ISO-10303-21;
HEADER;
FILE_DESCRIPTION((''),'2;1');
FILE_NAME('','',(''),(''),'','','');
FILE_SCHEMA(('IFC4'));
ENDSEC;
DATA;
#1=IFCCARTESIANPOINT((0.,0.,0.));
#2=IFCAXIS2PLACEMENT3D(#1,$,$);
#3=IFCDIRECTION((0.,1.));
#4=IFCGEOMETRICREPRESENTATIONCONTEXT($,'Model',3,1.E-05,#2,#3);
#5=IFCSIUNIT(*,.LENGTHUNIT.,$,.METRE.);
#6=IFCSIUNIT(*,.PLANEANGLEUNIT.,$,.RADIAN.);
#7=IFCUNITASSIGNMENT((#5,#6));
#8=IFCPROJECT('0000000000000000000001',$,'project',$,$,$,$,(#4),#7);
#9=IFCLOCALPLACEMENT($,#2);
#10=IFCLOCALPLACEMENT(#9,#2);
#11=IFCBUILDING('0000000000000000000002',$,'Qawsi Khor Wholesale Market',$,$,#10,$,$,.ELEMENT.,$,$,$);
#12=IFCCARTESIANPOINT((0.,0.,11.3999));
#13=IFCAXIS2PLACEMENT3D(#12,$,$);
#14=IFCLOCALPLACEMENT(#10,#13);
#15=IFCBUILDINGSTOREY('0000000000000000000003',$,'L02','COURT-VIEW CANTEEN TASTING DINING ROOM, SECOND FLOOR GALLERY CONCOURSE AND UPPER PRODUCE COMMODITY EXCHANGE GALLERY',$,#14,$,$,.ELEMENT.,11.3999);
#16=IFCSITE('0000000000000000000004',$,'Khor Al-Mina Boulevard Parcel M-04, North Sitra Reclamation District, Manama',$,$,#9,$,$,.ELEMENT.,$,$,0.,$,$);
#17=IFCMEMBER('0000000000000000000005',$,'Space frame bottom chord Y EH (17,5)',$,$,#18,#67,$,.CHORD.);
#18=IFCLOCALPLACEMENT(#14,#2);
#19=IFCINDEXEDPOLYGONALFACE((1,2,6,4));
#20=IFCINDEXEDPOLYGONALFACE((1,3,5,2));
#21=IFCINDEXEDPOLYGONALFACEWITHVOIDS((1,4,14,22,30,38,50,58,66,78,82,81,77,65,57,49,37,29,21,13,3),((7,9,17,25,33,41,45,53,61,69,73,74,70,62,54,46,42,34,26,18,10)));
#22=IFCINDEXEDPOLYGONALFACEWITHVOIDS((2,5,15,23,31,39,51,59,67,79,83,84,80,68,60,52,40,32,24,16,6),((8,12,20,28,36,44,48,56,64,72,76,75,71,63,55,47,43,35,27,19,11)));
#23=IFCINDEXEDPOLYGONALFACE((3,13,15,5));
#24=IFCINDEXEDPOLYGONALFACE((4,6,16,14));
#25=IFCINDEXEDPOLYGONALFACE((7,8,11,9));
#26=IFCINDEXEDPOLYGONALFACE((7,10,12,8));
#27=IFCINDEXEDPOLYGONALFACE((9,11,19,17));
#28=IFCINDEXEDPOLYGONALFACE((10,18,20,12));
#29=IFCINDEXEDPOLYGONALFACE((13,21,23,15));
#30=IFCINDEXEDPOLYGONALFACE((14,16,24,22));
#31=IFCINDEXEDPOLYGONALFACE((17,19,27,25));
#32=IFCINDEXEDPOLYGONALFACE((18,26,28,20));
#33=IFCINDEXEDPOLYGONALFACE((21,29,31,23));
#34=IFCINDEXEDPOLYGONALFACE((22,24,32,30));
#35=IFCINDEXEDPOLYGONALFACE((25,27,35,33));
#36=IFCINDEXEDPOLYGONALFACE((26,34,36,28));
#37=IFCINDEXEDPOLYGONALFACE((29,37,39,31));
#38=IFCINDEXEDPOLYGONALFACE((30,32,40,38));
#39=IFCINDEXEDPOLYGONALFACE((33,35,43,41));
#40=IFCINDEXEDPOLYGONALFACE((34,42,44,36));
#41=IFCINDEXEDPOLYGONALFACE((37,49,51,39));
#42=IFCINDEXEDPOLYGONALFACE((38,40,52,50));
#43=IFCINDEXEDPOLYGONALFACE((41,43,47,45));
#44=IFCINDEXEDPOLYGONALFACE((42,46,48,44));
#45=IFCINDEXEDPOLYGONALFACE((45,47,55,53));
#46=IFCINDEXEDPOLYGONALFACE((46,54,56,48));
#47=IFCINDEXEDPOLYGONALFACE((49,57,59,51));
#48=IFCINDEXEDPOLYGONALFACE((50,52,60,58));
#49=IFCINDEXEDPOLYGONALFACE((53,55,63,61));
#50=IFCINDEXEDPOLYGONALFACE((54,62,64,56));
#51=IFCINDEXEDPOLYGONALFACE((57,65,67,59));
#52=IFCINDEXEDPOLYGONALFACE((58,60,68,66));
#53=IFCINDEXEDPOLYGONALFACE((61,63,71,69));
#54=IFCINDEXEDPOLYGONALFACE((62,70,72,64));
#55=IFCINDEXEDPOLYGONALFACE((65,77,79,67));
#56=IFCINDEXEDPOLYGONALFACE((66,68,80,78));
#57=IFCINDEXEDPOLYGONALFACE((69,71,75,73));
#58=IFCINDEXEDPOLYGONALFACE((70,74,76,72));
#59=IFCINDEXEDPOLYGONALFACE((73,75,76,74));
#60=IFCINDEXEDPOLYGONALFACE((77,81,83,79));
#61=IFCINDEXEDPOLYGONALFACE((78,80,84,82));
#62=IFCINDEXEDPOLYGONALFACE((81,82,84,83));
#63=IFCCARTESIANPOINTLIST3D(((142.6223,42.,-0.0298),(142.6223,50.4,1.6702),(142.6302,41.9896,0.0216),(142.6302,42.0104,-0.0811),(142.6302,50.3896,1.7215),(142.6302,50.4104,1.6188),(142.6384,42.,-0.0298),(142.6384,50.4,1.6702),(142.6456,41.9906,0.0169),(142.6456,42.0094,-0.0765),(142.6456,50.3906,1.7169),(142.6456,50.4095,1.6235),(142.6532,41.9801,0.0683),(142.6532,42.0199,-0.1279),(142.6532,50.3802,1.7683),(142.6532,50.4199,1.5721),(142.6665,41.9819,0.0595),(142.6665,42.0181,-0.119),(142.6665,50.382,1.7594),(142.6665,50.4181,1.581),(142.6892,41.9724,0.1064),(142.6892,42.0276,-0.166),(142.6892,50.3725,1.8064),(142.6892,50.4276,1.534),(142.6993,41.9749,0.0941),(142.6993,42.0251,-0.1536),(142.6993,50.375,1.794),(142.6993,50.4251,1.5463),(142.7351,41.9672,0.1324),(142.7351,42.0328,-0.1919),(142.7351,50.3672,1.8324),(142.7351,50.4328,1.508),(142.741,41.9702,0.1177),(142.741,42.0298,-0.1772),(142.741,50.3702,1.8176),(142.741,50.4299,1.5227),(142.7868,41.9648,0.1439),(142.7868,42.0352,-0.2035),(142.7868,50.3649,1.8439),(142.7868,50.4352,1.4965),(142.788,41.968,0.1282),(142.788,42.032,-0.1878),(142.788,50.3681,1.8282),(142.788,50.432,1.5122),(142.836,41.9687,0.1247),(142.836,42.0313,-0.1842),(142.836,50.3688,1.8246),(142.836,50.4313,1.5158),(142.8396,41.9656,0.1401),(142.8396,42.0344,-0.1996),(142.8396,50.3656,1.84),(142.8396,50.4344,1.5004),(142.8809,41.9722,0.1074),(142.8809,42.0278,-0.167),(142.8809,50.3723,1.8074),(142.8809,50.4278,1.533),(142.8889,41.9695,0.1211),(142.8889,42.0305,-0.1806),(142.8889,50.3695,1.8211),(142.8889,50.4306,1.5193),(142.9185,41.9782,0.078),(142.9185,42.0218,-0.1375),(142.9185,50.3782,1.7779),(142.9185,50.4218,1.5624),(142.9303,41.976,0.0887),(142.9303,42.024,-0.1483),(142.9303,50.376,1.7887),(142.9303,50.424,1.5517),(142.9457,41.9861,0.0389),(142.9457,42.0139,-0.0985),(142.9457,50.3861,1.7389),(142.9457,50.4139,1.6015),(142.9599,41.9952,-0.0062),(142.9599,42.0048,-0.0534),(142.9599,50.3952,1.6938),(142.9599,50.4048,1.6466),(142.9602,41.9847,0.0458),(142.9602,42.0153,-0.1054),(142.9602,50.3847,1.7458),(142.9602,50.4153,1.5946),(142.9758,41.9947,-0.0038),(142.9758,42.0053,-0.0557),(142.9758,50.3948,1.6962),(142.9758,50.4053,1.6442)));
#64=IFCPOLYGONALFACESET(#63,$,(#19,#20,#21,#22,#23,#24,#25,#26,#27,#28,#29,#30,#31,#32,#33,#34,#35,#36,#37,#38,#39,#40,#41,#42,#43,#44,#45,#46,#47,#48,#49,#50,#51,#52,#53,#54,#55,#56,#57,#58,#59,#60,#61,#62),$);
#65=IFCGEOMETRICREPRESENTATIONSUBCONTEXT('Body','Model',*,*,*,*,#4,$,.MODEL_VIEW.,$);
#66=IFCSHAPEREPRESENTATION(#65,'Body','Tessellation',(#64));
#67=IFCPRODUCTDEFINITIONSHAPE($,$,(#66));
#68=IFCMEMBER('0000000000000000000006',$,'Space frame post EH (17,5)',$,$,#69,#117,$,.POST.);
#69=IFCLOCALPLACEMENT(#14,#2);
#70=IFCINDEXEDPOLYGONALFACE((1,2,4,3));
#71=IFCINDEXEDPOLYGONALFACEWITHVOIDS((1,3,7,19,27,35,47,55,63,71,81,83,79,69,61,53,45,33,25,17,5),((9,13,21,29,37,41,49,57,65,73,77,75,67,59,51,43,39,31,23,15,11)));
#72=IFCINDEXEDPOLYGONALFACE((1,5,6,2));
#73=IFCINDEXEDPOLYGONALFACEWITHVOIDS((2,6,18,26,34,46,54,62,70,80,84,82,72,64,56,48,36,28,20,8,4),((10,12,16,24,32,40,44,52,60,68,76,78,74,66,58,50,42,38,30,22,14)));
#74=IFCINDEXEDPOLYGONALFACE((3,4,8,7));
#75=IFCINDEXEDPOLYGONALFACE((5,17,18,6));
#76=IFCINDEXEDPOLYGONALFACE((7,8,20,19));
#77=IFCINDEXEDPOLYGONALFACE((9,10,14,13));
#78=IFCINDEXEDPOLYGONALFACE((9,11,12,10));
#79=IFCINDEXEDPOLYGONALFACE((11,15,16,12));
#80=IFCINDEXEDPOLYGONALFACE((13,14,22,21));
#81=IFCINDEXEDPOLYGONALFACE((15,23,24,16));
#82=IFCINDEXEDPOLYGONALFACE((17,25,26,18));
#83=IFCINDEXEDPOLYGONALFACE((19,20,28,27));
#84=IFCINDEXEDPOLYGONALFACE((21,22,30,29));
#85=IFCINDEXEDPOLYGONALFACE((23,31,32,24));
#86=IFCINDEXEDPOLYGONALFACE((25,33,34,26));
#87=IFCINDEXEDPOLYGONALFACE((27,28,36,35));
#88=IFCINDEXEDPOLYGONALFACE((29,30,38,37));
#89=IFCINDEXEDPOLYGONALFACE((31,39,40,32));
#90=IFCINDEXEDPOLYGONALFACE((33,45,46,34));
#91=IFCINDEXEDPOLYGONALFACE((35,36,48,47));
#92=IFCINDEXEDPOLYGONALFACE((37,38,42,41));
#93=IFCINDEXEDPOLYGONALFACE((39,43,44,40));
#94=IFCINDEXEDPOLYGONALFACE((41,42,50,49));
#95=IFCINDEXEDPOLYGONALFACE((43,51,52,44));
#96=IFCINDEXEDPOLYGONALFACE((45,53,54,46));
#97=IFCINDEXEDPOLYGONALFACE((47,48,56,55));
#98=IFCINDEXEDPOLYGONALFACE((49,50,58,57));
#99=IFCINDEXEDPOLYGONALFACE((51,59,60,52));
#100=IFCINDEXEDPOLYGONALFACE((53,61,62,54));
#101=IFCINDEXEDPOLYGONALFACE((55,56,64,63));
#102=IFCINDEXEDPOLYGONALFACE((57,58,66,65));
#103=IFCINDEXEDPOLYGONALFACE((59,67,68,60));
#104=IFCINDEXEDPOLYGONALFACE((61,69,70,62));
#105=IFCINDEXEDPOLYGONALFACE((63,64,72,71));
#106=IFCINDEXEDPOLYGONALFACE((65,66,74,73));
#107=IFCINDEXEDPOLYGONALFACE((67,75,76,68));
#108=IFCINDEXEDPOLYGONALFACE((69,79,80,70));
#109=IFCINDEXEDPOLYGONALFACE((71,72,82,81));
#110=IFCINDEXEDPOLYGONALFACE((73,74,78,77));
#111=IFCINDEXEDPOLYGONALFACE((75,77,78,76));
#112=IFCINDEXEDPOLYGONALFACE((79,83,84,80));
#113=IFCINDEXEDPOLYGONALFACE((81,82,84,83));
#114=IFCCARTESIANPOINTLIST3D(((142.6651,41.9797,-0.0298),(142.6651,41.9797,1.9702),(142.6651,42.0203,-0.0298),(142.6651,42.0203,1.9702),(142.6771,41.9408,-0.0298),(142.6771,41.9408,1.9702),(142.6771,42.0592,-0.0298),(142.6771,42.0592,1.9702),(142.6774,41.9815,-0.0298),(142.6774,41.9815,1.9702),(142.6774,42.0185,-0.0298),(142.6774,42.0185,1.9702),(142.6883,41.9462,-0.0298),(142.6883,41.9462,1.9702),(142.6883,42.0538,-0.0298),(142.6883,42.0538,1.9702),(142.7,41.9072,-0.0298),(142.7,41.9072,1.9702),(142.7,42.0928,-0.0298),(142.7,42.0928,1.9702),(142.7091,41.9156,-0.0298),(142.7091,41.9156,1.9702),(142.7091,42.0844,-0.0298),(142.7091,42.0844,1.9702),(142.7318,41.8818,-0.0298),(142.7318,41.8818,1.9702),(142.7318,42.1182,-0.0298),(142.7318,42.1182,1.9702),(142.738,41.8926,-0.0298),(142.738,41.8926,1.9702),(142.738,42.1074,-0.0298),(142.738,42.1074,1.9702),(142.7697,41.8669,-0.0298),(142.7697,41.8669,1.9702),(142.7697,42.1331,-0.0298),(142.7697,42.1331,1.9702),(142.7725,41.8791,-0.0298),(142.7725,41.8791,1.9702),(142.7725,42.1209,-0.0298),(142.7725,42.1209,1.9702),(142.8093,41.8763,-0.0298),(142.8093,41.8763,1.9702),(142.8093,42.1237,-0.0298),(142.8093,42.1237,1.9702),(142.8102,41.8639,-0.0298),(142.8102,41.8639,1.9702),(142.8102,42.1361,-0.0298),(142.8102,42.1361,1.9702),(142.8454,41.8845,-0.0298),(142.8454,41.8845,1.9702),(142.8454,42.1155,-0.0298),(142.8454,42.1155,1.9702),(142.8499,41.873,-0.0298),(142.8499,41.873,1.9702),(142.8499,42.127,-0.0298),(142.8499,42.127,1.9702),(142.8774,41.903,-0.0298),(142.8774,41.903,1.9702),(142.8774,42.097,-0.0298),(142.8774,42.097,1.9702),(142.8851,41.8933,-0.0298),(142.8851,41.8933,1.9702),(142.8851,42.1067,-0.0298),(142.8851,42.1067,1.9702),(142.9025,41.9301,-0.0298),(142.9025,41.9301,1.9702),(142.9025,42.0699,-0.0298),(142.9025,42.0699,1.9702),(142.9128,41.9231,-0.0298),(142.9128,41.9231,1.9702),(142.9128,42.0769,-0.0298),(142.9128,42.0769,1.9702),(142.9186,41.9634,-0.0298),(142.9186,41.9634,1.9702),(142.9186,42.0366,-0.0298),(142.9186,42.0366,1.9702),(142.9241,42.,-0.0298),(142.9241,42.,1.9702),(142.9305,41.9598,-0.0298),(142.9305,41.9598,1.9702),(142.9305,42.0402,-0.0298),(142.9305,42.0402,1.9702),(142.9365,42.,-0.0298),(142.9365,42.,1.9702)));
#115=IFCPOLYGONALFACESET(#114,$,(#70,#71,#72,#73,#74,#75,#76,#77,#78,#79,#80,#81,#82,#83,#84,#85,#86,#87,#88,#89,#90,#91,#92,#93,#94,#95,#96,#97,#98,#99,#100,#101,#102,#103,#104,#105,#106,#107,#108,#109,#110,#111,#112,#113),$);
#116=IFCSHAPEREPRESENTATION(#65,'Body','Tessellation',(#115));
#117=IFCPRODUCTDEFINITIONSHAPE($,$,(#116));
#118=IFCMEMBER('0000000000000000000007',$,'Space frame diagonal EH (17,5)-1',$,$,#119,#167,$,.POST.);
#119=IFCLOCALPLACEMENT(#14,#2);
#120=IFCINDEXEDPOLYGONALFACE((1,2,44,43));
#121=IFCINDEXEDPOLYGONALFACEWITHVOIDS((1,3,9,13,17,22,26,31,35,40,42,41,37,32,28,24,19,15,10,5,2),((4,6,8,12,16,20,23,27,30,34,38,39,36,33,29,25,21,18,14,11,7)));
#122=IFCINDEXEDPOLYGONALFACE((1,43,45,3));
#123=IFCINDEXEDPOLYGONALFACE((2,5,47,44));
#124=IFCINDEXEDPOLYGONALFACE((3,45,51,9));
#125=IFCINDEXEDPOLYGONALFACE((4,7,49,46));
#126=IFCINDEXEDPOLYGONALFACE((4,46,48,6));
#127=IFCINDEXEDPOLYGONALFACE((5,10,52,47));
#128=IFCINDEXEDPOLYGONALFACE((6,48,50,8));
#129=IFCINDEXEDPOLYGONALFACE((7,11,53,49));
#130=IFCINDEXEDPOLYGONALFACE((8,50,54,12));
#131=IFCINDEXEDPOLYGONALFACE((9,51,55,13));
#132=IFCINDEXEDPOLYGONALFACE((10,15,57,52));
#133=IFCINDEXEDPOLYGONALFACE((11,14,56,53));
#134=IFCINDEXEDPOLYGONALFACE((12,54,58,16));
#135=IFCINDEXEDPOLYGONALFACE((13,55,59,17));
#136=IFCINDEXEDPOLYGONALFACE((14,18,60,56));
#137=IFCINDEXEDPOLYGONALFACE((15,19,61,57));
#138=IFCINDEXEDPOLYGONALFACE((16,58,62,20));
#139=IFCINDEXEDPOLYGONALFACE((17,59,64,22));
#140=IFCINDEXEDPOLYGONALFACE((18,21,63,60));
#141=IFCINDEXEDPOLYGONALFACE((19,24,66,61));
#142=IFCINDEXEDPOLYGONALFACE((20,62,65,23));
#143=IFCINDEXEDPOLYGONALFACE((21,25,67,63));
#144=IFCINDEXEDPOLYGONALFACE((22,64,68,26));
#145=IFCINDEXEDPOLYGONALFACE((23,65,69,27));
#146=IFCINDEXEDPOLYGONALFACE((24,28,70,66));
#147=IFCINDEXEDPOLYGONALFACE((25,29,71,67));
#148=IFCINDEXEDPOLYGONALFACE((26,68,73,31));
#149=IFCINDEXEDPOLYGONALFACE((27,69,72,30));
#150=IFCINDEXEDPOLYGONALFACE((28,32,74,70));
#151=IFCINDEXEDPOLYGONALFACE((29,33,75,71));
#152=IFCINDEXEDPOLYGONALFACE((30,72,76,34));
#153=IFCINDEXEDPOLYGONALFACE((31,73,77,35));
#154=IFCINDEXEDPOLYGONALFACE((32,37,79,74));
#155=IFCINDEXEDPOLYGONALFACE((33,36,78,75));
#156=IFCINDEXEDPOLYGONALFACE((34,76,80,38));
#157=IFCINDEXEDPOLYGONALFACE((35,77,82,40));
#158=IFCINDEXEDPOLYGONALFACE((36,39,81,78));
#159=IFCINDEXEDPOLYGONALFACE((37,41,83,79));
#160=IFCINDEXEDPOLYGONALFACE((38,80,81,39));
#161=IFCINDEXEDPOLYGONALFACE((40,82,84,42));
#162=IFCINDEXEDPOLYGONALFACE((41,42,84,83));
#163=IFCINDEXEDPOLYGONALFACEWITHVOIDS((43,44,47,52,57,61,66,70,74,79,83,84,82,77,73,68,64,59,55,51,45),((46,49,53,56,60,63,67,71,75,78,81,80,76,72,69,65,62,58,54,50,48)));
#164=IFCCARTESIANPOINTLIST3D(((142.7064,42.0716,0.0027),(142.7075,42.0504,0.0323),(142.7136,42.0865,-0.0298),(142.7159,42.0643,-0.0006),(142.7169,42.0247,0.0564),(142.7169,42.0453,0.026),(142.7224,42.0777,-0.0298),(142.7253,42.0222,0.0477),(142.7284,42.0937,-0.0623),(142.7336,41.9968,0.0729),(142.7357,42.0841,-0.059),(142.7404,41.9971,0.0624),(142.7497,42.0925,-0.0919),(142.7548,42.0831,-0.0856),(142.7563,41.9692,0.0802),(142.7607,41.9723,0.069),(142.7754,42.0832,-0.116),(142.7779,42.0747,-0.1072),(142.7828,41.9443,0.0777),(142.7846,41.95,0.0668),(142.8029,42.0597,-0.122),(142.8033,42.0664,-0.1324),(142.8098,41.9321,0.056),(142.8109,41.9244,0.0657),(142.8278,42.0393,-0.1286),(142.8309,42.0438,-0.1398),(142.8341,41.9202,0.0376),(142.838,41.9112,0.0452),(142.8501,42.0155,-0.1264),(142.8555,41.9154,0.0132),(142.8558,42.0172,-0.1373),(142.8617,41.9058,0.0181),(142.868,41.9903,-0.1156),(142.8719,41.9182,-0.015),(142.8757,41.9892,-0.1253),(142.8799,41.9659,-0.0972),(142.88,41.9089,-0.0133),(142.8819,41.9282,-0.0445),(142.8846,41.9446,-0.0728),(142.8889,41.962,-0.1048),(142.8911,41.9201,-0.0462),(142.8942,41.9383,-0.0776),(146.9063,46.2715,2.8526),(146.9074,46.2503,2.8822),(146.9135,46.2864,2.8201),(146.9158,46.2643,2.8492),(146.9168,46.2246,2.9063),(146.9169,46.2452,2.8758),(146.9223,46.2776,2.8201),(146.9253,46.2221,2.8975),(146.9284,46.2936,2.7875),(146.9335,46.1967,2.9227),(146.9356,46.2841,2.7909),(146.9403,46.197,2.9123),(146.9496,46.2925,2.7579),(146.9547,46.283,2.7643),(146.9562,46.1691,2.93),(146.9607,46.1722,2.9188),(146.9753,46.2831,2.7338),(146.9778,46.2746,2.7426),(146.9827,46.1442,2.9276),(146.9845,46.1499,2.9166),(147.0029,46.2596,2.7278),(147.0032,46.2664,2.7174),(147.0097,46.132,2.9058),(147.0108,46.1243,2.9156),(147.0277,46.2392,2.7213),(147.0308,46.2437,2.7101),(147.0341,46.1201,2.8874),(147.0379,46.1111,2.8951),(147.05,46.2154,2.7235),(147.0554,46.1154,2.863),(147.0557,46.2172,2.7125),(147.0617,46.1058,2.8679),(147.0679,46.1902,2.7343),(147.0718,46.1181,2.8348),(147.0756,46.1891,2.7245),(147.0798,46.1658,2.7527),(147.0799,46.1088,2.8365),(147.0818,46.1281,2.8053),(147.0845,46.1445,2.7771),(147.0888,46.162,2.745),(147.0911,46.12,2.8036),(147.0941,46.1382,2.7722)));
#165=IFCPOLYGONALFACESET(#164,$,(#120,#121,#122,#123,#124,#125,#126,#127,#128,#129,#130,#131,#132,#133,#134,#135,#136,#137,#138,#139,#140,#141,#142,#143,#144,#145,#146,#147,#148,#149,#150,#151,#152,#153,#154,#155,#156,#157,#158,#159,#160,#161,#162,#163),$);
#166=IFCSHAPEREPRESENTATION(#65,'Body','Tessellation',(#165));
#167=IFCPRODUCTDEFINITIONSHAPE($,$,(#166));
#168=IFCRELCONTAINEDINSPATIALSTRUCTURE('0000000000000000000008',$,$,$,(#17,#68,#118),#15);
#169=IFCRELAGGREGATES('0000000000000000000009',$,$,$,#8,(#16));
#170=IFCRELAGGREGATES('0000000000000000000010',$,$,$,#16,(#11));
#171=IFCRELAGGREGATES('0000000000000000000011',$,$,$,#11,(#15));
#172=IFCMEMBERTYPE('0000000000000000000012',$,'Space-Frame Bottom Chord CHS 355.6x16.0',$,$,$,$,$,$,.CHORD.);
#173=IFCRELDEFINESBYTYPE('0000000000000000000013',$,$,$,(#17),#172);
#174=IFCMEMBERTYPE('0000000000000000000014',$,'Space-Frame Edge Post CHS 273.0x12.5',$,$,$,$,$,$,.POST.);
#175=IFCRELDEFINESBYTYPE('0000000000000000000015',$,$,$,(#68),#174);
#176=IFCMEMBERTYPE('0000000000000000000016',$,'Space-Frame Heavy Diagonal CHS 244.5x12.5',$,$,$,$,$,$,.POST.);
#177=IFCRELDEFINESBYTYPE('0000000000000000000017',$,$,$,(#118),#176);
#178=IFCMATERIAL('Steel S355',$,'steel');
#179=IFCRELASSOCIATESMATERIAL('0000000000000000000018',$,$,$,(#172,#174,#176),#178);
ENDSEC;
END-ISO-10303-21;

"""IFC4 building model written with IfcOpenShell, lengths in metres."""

from ifc_helpers import new_model, si_unit, direction, frame, origin, origin_2d, place, context, subcontext, project, spatial, hollow_circle, extrude, material, material_profile, profile_set, type_object, element, save


model = new_model("IFC4")

# Units and contexts
model_context = context("Model", 3, precision=1e-05, world=origin(), true_north=direction((0.0, 1.0)))
body_context = subcontext(model_context, "Body", "Model", "MODEL_VIEW")
ifc_project = project(units=[si_unit("LENGTHUNIT", "METRE"), si_unit("PLANEANGLEUNIT", "RADIAN")], contexts=[model_context])

# Site, building, storey
site_placement = place(None, origin())
site = spatial("IfcSite", under=ifc_project, at=site_placement, Name="Khor Al-Mina Boulevard Parcel M-04, North Sitra Reclamation District, Manama", CompositionType="ELEMENT", RefElevation=0.0)
building_placement = place(site_placement, origin())
building = spatial("IfcBuilding", under=site, at=building_placement, Name="Qawsi Khor Wholesale Market", CompositionType="ELEMENT")
storey_placement = place(building_placement, frame((0.0, 0.0, 11.3999)))
storey = spatial("IfcBuildingStorey", under=building, at=storey_placement, Name="L02", Description="COURT-VIEW CANTEEN TASTING DINING ROOM, SECOND FLOOR GALLERY CONCOURSE AND UPPER PRODUCE COMMODITY EXCHANGE GALLERY", CompositionType="ELEMENT", Elevation=11.3999)

# Shared definitions
ifc_material_1 = material(Name="Steel S355", Category="steel")

# Members
ifc_material_profile_1 = material_profile(ifc_material_1, hollow_circle(Radius=0.1777, WallThickness=0.0161, at=origin_2d()), Name="CHS 355.6x16.0")
ifc_profile_set_1 = profile_set([ifc_material_profile_1], Name="Steel S355")
member_type_1 = type_object("IfcMemberType", Name="Space-Frame Bottom Chord CHS 355.6x16.0", PredefinedType="CHORD", material=ifc_profile_set_1)
member_1_placement = place(storey_placement, frame((142.8, 42.0, -0.0298), z_axis=(0.0, 0.98013, 0.198356), x_axis=(-1.0, 0.0, 0.0)))
element("IfcMember", 1, at=member_1_placement, inside=storey, type_object=member_type_1, Name="Space frame bottom chord Y EH (17,5)", PredefinedType="CHORD", context=body_context, shape_type="SweptSolid", body=[
    extrude(hollow_circle(Radius=0.1777, WallThickness=0.0161, at=origin_2d()), origin(), (0.0, 0.0, 1.0), 8.5703),
])
ifc_material_profile_2 = material_profile(ifc_material_1, hollow_circle(Radius=0.1365, WallThickness=0.0125, at=origin_2d()), Name="CHS 273.0x12.5")
ifc_profile_set_2 = profile_set([ifc_material_profile_2], Name="Steel S355")
member_type_2 = type_object("IfcMemberType", Name="Space-Frame Edge Post CHS 273.0x12.5", PredefinedType="POST", material=ifc_profile_set_2)
member_2_placement = place(storey_placement, frame((142.8, 42.0, -0.0298), z_axis=(0.0, 0.0, 1.0), x_axis=(1.0, 0.0, 0.0)))
element("IfcMember", 2, at=member_2_placement, inside=storey, type_object=member_type_2, Name="Space frame post EH (17,5)", PredefinedType="POST", context=body_context, shape_type="SweptSolid", body=[
    extrude(hollow_circle(Radius=0.1365, WallThickness=0.0125, at=origin_2d()), origin(), (0.0, 0.0, 1.0), 2.0),
])
ifc_material_profile_3 = material_profile(ifc_material_1, hollow_circle(Radius=0.1223, WallThickness=0.0125, at=origin_2d()), Name="CHS 244.5x12.5")
ifc_profile_set_3 = profile_set([ifc_material_profile_3], Name="Steel S355")
member_type_3 = type_object("IfcMemberType", Name="Space-Frame Heavy Diagonal CHS 244.5x12.5", PredefinedType="POST", material=ifc_profile_set_3)
member_3_placement = place(storey_placement, frame((142.8, 42.0, -0.0298), z_axis=(0.637522, 0.637522, 0.432587), x_axis=(-0.707107, 0.707107, 0.0)))
element("IfcMember", 3, at=member_3_placement, inside=storey, type_object=member_type_3, Name="Space frame diagonal EH (17,5)-1", PredefinedType="POST", context=body_context, shape_type="SweptSolid", body=[
    extrude(hollow_circle(Radius=0.1223, WallThickness=0.0125, at=origin_2d()), origin(), (0.0, 0.0, 1.0), 6.5879),
])

save(model, "model.ifc")
